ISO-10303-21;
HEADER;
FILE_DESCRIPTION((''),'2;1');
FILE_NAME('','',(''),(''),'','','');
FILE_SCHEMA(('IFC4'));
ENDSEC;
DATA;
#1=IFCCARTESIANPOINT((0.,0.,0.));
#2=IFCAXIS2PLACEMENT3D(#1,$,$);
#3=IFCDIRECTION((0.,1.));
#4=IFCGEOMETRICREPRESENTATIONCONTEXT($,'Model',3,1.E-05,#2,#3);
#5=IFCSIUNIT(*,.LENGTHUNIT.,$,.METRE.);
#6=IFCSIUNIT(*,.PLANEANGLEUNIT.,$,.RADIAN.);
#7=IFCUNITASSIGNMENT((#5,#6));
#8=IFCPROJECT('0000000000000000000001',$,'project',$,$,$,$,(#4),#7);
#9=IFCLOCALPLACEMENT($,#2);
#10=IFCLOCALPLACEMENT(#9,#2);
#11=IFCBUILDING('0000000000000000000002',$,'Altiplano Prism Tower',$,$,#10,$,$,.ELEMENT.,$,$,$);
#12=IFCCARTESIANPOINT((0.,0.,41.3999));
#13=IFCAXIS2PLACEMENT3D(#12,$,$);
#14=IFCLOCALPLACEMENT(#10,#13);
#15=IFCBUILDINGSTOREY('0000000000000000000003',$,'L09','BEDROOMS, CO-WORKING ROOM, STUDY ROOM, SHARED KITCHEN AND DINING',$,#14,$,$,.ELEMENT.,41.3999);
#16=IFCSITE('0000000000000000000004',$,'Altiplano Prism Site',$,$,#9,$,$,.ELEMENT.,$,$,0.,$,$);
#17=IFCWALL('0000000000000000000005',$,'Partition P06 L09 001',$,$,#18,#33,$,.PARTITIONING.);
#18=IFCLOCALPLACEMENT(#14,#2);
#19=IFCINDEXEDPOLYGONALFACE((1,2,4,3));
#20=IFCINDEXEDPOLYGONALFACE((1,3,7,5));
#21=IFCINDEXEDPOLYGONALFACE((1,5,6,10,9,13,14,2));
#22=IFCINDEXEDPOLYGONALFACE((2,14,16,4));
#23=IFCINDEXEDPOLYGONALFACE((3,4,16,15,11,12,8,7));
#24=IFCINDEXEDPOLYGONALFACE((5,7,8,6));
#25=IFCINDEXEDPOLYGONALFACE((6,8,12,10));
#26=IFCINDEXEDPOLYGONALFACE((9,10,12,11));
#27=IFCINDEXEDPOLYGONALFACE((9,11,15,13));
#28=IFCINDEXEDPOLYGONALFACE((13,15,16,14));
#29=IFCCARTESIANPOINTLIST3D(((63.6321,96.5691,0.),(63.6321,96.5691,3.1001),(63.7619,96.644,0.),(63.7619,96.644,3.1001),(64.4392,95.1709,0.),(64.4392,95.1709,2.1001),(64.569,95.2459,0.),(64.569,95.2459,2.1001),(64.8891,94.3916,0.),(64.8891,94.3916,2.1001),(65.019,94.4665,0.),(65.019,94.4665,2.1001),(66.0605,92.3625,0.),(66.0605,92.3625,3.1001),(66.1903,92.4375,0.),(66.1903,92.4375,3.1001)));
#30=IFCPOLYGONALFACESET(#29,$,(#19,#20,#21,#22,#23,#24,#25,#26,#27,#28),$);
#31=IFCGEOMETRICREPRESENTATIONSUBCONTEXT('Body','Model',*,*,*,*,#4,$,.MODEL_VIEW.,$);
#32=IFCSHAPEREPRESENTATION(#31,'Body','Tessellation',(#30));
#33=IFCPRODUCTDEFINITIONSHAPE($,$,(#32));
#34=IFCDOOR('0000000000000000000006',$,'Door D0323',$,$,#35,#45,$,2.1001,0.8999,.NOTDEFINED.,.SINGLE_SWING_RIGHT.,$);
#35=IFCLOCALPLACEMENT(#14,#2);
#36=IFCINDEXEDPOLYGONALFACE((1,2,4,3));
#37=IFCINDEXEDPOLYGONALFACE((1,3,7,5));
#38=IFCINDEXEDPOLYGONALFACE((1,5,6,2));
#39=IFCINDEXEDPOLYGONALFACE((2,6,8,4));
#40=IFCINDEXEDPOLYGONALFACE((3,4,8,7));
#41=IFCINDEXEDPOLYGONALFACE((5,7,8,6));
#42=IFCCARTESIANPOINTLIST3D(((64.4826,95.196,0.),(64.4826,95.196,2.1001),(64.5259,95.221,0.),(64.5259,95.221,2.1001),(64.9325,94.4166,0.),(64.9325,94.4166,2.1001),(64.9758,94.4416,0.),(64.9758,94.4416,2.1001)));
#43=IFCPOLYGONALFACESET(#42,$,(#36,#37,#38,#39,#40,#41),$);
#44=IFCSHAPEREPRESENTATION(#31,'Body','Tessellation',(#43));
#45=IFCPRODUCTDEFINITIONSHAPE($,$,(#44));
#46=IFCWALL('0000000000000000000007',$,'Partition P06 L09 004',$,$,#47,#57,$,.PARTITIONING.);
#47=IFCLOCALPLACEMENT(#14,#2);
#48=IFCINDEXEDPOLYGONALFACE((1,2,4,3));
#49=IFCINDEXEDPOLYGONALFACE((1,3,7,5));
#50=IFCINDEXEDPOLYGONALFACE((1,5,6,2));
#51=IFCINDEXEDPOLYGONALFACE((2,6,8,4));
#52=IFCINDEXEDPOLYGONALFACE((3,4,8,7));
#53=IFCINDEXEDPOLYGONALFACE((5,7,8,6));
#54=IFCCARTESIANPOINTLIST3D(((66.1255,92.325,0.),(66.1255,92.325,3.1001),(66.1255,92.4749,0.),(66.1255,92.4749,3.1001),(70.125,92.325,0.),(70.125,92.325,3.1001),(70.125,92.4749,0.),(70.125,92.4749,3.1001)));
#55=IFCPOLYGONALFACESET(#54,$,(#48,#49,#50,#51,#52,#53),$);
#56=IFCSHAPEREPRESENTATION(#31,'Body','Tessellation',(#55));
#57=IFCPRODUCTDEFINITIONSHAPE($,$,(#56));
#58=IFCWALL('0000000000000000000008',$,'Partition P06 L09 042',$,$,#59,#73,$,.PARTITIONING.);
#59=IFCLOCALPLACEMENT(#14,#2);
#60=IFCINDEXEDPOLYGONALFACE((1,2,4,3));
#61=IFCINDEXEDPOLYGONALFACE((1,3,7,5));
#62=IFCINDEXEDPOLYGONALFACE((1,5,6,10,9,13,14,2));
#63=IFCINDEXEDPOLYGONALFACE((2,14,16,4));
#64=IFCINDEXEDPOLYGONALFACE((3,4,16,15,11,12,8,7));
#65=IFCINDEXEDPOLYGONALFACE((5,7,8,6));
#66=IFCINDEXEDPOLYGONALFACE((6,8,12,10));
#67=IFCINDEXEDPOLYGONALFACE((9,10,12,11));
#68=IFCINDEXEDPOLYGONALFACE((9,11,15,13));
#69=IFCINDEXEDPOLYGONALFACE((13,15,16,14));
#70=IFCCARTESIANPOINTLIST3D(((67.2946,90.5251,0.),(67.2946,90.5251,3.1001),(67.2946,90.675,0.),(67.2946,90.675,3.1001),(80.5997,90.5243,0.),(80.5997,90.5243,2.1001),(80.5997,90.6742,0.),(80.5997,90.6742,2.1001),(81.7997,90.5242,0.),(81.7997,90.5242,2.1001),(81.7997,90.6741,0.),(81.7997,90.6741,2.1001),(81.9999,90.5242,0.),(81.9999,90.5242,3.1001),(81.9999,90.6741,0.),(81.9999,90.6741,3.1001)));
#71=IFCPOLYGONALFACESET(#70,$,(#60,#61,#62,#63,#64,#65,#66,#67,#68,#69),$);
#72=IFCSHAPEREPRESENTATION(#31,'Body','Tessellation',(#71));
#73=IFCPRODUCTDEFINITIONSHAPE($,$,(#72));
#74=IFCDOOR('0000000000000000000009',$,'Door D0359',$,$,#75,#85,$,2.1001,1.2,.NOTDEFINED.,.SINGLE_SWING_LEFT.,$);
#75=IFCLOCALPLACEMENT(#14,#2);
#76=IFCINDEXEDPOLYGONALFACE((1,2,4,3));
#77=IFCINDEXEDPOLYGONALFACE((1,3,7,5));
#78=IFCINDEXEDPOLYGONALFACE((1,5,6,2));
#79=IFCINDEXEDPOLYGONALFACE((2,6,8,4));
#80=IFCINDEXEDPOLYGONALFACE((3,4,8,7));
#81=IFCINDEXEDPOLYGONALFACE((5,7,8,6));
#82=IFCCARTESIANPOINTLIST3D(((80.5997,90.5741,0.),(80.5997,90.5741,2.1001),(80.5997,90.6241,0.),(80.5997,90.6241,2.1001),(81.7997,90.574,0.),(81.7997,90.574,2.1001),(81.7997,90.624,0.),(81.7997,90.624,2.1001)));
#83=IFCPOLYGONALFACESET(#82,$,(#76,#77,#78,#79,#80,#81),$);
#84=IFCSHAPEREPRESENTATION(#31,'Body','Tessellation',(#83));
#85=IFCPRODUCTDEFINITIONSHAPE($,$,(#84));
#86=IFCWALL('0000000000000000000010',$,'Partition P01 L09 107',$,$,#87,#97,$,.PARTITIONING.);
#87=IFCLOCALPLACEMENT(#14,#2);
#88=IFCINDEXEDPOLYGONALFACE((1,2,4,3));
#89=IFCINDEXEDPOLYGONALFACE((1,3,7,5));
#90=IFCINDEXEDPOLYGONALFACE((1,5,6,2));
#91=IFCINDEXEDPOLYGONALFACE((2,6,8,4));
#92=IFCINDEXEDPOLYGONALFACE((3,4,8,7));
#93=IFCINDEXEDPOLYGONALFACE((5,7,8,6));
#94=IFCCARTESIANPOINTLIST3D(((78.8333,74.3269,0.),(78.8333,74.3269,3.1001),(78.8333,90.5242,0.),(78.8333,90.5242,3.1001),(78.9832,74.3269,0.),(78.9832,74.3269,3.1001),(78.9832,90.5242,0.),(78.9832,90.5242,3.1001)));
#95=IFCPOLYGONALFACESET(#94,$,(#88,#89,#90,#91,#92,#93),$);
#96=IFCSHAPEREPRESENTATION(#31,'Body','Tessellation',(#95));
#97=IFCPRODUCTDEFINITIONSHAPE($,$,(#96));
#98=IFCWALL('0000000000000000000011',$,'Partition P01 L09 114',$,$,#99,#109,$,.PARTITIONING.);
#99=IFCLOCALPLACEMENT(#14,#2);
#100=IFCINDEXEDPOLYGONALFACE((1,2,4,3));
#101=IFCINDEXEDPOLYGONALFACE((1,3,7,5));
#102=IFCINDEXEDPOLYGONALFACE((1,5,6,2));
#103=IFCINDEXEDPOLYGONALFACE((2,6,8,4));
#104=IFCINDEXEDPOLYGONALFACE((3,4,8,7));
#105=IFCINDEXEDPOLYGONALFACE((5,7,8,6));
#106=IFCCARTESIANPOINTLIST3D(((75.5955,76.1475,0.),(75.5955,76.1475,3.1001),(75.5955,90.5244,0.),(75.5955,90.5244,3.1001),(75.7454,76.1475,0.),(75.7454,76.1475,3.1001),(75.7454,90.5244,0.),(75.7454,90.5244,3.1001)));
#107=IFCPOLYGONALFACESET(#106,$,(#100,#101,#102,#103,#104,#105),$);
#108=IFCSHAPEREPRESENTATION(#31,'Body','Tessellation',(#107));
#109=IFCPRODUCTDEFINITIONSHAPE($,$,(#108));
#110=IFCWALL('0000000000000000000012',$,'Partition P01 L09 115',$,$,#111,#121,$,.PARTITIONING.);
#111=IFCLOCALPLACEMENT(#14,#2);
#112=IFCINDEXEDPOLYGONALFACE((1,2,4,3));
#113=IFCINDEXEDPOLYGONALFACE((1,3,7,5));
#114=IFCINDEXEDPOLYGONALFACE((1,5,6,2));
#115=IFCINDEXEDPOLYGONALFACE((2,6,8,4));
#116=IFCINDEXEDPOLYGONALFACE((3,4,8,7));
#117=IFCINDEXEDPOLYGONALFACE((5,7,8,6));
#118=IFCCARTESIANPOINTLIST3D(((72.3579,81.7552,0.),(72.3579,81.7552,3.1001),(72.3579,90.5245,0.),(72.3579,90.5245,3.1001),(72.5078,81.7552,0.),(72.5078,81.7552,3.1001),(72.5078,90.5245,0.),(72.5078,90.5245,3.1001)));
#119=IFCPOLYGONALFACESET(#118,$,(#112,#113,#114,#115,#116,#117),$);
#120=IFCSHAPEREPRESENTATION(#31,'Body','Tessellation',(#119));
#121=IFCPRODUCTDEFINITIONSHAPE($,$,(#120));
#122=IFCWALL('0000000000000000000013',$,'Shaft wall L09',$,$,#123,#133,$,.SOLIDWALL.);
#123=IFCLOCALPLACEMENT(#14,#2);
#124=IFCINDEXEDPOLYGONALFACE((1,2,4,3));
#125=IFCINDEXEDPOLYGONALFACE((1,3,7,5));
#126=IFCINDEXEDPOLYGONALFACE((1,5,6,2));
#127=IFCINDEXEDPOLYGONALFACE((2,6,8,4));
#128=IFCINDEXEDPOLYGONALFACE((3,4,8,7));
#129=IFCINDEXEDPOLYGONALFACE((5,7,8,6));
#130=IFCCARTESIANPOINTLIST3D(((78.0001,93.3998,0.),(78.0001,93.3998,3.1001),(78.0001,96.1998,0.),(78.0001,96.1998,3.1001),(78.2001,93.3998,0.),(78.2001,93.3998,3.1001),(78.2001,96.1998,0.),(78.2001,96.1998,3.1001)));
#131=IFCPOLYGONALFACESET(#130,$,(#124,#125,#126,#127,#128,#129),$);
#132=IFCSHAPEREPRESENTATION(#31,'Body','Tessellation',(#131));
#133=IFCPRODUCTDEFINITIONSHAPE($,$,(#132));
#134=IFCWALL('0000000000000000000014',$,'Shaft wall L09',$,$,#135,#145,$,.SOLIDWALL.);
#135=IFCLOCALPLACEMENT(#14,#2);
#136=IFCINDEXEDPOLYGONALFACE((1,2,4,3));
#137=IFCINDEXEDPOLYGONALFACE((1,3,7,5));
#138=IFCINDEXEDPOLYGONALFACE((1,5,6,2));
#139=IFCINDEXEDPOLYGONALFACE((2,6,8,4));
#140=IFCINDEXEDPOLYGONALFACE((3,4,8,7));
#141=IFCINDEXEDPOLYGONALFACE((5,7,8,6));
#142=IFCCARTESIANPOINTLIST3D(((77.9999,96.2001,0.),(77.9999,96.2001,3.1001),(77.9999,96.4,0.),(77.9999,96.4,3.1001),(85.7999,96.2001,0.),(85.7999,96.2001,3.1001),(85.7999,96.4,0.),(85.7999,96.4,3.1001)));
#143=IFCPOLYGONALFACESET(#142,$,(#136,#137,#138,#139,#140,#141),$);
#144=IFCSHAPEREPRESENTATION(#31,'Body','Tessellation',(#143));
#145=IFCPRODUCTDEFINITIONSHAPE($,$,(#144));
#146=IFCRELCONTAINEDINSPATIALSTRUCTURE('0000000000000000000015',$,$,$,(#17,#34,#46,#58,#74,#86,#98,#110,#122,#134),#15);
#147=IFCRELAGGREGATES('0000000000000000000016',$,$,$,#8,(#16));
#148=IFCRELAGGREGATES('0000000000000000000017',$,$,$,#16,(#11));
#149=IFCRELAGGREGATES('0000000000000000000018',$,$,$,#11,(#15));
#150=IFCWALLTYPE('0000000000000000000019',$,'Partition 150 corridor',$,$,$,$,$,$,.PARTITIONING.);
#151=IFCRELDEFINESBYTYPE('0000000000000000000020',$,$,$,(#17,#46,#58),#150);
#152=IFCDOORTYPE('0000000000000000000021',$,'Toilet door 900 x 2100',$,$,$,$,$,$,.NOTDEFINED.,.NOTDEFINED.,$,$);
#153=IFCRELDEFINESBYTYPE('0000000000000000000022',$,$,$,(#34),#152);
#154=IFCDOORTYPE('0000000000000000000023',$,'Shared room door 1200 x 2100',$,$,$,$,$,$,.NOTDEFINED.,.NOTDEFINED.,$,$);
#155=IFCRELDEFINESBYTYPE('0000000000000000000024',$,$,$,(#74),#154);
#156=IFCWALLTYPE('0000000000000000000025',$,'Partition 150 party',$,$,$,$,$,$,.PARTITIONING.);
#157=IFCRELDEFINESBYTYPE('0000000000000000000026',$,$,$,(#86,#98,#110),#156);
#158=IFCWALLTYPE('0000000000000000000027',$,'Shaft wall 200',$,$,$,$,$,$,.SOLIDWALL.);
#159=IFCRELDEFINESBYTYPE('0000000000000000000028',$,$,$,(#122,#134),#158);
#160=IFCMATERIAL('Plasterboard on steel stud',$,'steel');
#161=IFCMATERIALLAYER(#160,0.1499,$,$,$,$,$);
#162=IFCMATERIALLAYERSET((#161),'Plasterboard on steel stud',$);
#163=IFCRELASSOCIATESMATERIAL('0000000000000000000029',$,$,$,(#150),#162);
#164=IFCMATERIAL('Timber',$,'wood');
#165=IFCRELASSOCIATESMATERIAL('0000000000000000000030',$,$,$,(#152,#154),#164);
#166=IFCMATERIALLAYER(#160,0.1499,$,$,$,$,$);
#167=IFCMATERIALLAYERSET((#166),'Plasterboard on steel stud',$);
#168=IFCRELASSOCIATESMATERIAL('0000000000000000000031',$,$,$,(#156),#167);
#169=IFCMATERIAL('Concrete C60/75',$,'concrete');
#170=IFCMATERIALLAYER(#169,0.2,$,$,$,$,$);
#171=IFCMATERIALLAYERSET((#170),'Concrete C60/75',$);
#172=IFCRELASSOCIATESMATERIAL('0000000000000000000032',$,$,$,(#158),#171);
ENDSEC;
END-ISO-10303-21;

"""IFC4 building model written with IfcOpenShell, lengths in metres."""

from ifc_helpers import new_model, si_unit, direction, frame, frame_2d, origin, place, context, subcontext, project, spatial, rectangle, extrude, material, layer, layer_set, type_object, element, fill, save


model = new_model("IFC4")

# Units and contexts
model_context = context("Model", 3, precision=1e-05, world=origin(), true_north=direction((0.0, 1.0)))
body_context = subcontext(model_context, "Body", "Model", "MODEL_VIEW")
ifc_project = project(units=[si_unit("LENGTHUNIT", "METRE"), si_unit("PLANEANGLEUNIT", "RADIAN")], contexts=[model_context])

# Site, building, storey
site_placement = place(None, origin())
site = spatial("IfcSite", under=ifc_project, at=site_placement, Name="Altiplano Prism Site", CompositionType="ELEMENT", RefElevation=0.0)
building_placement = place(site_placement, origin())
building = spatial("IfcBuilding", under=site, at=building_placement, Name="Altiplano Prism Tower", CompositionType="ELEMENT")
storey_placement = place(building_placement, frame((0.0, 0.0, 41.3999)))
storey = spatial("IfcBuildingStorey", under=building, at=storey_placement, Name="L09", Description="BEDROOMS, CO-WORKING ROOM, STUDY ROOM, SHARED KITCHEN AND DINING", CompositionType="ELEMENT", Elevation=41.3999)

# Shared definitions
ifc_material_1 = material(Name="Concrete C60/75", Category="concrete")

# Shared definitions
ifc_material_2 = material(Name="Plasterboard on steel stud", Category="steel")

# Wall, opening, door
ifc_layer_1 = layer(ifc_material_2, 0.1499)
ifc_layer_set_1 = layer_set([ifc_layer_1], Name="Plasterboard on steel stud")
wall_type_1 = type_object("IfcWallType", Name="Partition 150 corridor", PredefinedType="PARTITIONING", material=ifc_layer_set_1)
wall_1_placement = place(storey_placement, frame((66.1255, 92.3999, 0.0), z_axis=(0.0, 0.0, 1.0), x_axis=(-0.499972, 0.866042, 0.0)))
wall_1 = element("IfcWall", 1, at=wall_1_placement, inside=storey, type_object=wall_type_1, Name="Partition P06 L09 001", PredefinedType="PARTITIONING", context=body_context, shape_type="SweptSolid", body=[
    extrude(rectangle(XDim=4.8572, YDim=0.1499, at=frame_2d((2.4287, 0.0))), origin(), (0.0, 0.0, 1.0), 3.1001),
])
opening_1_placement = place(wall_1_placement, frame((2.343, 0.0, 0.0)))
opening_1 = element("IfcOpeningElement", 2, at=opening_1_placement, cuts=wall_1, PredefinedType="OPENING", context=body_context, shape_type="SweptSolid", body=[
    extrude(rectangle(XDim=0.8999, YDim=2.1001, at=frame_2d((0.45, 1.05))), frame((0.0, 0.0854, 0.0), z_axis=(0.0, -1.0, 0.0), x_axis=(1.0, 0.0, 0.0)), (0.0, 0.0, 1.0), 0.1709),
])
ifc_material_3 = material(Name="Timber", Category="wood")
door_type_1 = type_object("IfcDoorType", Name="Toilet door 900 x 2100", OperationType="NOTDEFINED", PredefinedType="NOTDEFINED", material=ifc_material_3)
door_1_placement = place(opening_1_placement, origin())
door_1 = element("IfcDoor", 3, at=door_1_placement, inside=storey, type_object=door_type_1, Name="Door D0323", OperationType="SINGLE_SWING_RIGHT", OverallHeight=2.1001, OverallWidth=0.8999, PredefinedType="NOTDEFINED", context=body_context, shape_type="SweptSolid", body=[
    extrude(rectangle(XDim=0.8999, YDim=2.1001, at=frame_2d((0.45, 1.05))), frame((0.0, 0.0249, 0.0), z_axis=(0.0, -1.0, 0.0), x_axis=(1.0, 0.0, 0.0)), (0.0, 0.0, 1.0), 0.05),
])
fill(opening_1, door_1)

# Wall
wall_2_placement = place(storey_placement, frame((70.125, 92.3999, 0.0), z_axis=(0.0, 0.0, 1.0), x_axis=(-1.0, 0.0, 0.0)))
element("IfcWall", 4, at=wall_2_placement, inside=storey, type_object=wall_type_1, Name="Partition P06 L09 004", PredefinedType="PARTITIONING", context=body_context, shape_type="SweptSolid", body=[
    extrude(rectangle(XDim=3.9995, YDim=0.1499, at=frame_2d((1.9998, 0.0))), origin(), (0.0, 0.0, 1.0), 3.1001),
])

# Wall, opening, door
wall_3_placement = place(storey_placement, frame((67.2947, 90.6001, 0.0), z_axis=(0.0, 0.0, 1.0), x_axis=(1.0, -0.000066, 0.0)))
wall_3 = element("IfcWall", 5, at=wall_3_placement, inside=storey, type_object=wall_type_1, Name="Partition P06 L09 042", PredefinedType="PARTITIONING", context=body_context, shape_type="SweptSolid", body=[
    extrude(rectangle(XDim=14.7053, YDim=0.1499, at=frame_2d((7.3525, 0.0))), origin(), (0.0, 0.0, 1.0), 3.1001),
])
opening_2_placement = place(wall_3_placement, frame((13.3049, 0.0, 0.0)))
opening_2 = element("IfcOpeningElement", 6, at=opening_2_placement, cuts=wall_3, PredefinedType="OPENING", context=body_context, shape_type="SweptSolid", body=[
    extrude(rectangle(XDim=1.2, YDim=2.1001, at=frame_2d((0.6001, 1.05))), frame((0.0, 0.0854, 0.0), z_axis=(0.0, -1.0, 0.0), x_axis=(1.0, 0.0, 0.0)), (0.0, 0.0, 1.0), 0.1709),
])
door_type_2 = type_object("IfcDoorType", Name="Shared room door 1200 x 2100", OperationType="NOTDEFINED", PredefinedType="NOTDEFINED", material=ifc_material_3)
door_2_placement = place(opening_2_placement, origin())
door_2 = element("IfcDoor", 7, at=door_2_placement, inside=storey, type_object=door_type_2, Name="Door D0359", OperationType="SINGLE_SWING_LEFT", OverallHeight=2.1001, OverallWidth=1.2, PredefinedType="NOTDEFINED", context=body_context, shape_type="SweptSolid", body=[
    extrude(rectangle(XDim=1.2, YDim=2.1001, at=frame_2d((0.6001, 1.05))), frame((0.0, 0.0249, 0.0), z_axis=(0.0, -1.0, 0.0), x_axis=(1.0, 0.0, 0.0)), (0.0, 0.0, 1.0), 0.05),
])
fill(opening_2, door_2)

# Walls
ifc_layer_2 = layer(ifc_material_2, 0.1499)
ifc_layer_set_2 = layer_set([ifc_layer_2], Name="Plasterboard on steel stud")
wall_type_2 = type_object("IfcWallType", Name="Partition 150 party", PredefinedType="PARTITIONING", material=ifc_layer_set_2)
wall_4_placement = place(storey_placement, frame((78.9082, 90.5242, 0.0), z_axis=(0.0, 0.0, 1.0), x_axis=(0.0, -1.0, 0.0)))
element("IfcWall", 8, at=wall_4_placement, inside=storey, type_object=wall_type_2, Name="Partition P01 L09 107", PredefinedType="PARTITIONING", context=body_context, shape_type="SweptSolid", body=[
    extrude(rectangle(XDim=16.1973, YDim=0.1499, at=frame_2d((8.0986, 0.0))), origin(), (0.0, 0.0, 1.0), 3.1001),
])
wall_5_placement = place(storey_placement, frame((75.6704, 90.5244, 0.0), z_axis=(0.0, 0.0, 1.0), x_axis=(0.0, -1.0, 0.0)))
element("IfcWall", 9, at=wall_5_placement, inside=storey, type_object=wall_type_2, Name="Partition P01 L09 114", PredefinedType="PARTITIONING", context=body_context, shape_type="SweptSolid", body=[
    extrude(rectangle(XDim=14.377, YDim=0.1499, at=frame_2d((7.1885, 0.0))), origin(), (0.0, 0.0, 1.0), 3.1001),
])
wall_6_placement = place(storey_placement, frame((72.4329, 90.5247, 0.0), z_axis=(0.0, 0.0, 1.0), x_axis=(0.0, -1.0, 0.0)))
element("IfcWall", 10, at=wall_6_placement, inside=storey, type_object=wall_type_2, Name="Partition P01 L09 115", PredefinedType="PARTITIONING", context=body_context, shape_type="SweptSolid", body=[
    extrude(rectangle(XDim=8.7693, YDim=0.1499, at=frame_2d((4.3848, 0.0))), origin(), (0.0, 0.0, 1.0), 3.1001),
])
ifc_layer_3 = layer(ifc_material_1, 0.2)
ifc_layer_set_3 = layer_set([ifc_layer_3], Name="Concrete C60/75")
wall_type_3 = type_object("IfcWallType", Name="Shaft wall 200", PredefinedType="SOLIDWALL", material=ifc_layer_set_3)
wall_7_placement = place(storey_placement, frame((78.1001, 93.3999, 0.0), z_axis=(0.0, 0.0, 1.0), x_axis=(0.0, 1.0, 0.0)))
element("IfcWall", 11, at=wall_7_placement, inside=storey, type_object=wall_type_3, Name="Shaft wall L09", PredefinedType="SOLIDWALL", context=body_context, shape_type="SweptSolid", body=[
    extrude(rectangle(XDim=2.8, YDim=0.2, at=frame_2d((1.3999, 0.0))), origin(), (0.0, 0.0, 1.0), 3.1001),
])
wall_8_placement = place(storey_placement, frame((78.0, 96.3, 0.0), z_axis=(0.0, 0.0, 1.0), x_axis=(1.0, 0.0, 0.0)))
element("IfcWall", 12, at=wall_8_placement, inside=storey, type_object=wall_type_3, Name="Shaft wall L09", PredefinedType="SOLIDWALL", context=body_context, shape_type="SweptSolid", body=[
    extrude(rectangle(XDim=7.8, YDim=0.2, at=frame_2d((3.8999, 0.0))), origin(), (0.0, 0.0, 1.0), 3.1001),
])

save(model, "model.ifc")
